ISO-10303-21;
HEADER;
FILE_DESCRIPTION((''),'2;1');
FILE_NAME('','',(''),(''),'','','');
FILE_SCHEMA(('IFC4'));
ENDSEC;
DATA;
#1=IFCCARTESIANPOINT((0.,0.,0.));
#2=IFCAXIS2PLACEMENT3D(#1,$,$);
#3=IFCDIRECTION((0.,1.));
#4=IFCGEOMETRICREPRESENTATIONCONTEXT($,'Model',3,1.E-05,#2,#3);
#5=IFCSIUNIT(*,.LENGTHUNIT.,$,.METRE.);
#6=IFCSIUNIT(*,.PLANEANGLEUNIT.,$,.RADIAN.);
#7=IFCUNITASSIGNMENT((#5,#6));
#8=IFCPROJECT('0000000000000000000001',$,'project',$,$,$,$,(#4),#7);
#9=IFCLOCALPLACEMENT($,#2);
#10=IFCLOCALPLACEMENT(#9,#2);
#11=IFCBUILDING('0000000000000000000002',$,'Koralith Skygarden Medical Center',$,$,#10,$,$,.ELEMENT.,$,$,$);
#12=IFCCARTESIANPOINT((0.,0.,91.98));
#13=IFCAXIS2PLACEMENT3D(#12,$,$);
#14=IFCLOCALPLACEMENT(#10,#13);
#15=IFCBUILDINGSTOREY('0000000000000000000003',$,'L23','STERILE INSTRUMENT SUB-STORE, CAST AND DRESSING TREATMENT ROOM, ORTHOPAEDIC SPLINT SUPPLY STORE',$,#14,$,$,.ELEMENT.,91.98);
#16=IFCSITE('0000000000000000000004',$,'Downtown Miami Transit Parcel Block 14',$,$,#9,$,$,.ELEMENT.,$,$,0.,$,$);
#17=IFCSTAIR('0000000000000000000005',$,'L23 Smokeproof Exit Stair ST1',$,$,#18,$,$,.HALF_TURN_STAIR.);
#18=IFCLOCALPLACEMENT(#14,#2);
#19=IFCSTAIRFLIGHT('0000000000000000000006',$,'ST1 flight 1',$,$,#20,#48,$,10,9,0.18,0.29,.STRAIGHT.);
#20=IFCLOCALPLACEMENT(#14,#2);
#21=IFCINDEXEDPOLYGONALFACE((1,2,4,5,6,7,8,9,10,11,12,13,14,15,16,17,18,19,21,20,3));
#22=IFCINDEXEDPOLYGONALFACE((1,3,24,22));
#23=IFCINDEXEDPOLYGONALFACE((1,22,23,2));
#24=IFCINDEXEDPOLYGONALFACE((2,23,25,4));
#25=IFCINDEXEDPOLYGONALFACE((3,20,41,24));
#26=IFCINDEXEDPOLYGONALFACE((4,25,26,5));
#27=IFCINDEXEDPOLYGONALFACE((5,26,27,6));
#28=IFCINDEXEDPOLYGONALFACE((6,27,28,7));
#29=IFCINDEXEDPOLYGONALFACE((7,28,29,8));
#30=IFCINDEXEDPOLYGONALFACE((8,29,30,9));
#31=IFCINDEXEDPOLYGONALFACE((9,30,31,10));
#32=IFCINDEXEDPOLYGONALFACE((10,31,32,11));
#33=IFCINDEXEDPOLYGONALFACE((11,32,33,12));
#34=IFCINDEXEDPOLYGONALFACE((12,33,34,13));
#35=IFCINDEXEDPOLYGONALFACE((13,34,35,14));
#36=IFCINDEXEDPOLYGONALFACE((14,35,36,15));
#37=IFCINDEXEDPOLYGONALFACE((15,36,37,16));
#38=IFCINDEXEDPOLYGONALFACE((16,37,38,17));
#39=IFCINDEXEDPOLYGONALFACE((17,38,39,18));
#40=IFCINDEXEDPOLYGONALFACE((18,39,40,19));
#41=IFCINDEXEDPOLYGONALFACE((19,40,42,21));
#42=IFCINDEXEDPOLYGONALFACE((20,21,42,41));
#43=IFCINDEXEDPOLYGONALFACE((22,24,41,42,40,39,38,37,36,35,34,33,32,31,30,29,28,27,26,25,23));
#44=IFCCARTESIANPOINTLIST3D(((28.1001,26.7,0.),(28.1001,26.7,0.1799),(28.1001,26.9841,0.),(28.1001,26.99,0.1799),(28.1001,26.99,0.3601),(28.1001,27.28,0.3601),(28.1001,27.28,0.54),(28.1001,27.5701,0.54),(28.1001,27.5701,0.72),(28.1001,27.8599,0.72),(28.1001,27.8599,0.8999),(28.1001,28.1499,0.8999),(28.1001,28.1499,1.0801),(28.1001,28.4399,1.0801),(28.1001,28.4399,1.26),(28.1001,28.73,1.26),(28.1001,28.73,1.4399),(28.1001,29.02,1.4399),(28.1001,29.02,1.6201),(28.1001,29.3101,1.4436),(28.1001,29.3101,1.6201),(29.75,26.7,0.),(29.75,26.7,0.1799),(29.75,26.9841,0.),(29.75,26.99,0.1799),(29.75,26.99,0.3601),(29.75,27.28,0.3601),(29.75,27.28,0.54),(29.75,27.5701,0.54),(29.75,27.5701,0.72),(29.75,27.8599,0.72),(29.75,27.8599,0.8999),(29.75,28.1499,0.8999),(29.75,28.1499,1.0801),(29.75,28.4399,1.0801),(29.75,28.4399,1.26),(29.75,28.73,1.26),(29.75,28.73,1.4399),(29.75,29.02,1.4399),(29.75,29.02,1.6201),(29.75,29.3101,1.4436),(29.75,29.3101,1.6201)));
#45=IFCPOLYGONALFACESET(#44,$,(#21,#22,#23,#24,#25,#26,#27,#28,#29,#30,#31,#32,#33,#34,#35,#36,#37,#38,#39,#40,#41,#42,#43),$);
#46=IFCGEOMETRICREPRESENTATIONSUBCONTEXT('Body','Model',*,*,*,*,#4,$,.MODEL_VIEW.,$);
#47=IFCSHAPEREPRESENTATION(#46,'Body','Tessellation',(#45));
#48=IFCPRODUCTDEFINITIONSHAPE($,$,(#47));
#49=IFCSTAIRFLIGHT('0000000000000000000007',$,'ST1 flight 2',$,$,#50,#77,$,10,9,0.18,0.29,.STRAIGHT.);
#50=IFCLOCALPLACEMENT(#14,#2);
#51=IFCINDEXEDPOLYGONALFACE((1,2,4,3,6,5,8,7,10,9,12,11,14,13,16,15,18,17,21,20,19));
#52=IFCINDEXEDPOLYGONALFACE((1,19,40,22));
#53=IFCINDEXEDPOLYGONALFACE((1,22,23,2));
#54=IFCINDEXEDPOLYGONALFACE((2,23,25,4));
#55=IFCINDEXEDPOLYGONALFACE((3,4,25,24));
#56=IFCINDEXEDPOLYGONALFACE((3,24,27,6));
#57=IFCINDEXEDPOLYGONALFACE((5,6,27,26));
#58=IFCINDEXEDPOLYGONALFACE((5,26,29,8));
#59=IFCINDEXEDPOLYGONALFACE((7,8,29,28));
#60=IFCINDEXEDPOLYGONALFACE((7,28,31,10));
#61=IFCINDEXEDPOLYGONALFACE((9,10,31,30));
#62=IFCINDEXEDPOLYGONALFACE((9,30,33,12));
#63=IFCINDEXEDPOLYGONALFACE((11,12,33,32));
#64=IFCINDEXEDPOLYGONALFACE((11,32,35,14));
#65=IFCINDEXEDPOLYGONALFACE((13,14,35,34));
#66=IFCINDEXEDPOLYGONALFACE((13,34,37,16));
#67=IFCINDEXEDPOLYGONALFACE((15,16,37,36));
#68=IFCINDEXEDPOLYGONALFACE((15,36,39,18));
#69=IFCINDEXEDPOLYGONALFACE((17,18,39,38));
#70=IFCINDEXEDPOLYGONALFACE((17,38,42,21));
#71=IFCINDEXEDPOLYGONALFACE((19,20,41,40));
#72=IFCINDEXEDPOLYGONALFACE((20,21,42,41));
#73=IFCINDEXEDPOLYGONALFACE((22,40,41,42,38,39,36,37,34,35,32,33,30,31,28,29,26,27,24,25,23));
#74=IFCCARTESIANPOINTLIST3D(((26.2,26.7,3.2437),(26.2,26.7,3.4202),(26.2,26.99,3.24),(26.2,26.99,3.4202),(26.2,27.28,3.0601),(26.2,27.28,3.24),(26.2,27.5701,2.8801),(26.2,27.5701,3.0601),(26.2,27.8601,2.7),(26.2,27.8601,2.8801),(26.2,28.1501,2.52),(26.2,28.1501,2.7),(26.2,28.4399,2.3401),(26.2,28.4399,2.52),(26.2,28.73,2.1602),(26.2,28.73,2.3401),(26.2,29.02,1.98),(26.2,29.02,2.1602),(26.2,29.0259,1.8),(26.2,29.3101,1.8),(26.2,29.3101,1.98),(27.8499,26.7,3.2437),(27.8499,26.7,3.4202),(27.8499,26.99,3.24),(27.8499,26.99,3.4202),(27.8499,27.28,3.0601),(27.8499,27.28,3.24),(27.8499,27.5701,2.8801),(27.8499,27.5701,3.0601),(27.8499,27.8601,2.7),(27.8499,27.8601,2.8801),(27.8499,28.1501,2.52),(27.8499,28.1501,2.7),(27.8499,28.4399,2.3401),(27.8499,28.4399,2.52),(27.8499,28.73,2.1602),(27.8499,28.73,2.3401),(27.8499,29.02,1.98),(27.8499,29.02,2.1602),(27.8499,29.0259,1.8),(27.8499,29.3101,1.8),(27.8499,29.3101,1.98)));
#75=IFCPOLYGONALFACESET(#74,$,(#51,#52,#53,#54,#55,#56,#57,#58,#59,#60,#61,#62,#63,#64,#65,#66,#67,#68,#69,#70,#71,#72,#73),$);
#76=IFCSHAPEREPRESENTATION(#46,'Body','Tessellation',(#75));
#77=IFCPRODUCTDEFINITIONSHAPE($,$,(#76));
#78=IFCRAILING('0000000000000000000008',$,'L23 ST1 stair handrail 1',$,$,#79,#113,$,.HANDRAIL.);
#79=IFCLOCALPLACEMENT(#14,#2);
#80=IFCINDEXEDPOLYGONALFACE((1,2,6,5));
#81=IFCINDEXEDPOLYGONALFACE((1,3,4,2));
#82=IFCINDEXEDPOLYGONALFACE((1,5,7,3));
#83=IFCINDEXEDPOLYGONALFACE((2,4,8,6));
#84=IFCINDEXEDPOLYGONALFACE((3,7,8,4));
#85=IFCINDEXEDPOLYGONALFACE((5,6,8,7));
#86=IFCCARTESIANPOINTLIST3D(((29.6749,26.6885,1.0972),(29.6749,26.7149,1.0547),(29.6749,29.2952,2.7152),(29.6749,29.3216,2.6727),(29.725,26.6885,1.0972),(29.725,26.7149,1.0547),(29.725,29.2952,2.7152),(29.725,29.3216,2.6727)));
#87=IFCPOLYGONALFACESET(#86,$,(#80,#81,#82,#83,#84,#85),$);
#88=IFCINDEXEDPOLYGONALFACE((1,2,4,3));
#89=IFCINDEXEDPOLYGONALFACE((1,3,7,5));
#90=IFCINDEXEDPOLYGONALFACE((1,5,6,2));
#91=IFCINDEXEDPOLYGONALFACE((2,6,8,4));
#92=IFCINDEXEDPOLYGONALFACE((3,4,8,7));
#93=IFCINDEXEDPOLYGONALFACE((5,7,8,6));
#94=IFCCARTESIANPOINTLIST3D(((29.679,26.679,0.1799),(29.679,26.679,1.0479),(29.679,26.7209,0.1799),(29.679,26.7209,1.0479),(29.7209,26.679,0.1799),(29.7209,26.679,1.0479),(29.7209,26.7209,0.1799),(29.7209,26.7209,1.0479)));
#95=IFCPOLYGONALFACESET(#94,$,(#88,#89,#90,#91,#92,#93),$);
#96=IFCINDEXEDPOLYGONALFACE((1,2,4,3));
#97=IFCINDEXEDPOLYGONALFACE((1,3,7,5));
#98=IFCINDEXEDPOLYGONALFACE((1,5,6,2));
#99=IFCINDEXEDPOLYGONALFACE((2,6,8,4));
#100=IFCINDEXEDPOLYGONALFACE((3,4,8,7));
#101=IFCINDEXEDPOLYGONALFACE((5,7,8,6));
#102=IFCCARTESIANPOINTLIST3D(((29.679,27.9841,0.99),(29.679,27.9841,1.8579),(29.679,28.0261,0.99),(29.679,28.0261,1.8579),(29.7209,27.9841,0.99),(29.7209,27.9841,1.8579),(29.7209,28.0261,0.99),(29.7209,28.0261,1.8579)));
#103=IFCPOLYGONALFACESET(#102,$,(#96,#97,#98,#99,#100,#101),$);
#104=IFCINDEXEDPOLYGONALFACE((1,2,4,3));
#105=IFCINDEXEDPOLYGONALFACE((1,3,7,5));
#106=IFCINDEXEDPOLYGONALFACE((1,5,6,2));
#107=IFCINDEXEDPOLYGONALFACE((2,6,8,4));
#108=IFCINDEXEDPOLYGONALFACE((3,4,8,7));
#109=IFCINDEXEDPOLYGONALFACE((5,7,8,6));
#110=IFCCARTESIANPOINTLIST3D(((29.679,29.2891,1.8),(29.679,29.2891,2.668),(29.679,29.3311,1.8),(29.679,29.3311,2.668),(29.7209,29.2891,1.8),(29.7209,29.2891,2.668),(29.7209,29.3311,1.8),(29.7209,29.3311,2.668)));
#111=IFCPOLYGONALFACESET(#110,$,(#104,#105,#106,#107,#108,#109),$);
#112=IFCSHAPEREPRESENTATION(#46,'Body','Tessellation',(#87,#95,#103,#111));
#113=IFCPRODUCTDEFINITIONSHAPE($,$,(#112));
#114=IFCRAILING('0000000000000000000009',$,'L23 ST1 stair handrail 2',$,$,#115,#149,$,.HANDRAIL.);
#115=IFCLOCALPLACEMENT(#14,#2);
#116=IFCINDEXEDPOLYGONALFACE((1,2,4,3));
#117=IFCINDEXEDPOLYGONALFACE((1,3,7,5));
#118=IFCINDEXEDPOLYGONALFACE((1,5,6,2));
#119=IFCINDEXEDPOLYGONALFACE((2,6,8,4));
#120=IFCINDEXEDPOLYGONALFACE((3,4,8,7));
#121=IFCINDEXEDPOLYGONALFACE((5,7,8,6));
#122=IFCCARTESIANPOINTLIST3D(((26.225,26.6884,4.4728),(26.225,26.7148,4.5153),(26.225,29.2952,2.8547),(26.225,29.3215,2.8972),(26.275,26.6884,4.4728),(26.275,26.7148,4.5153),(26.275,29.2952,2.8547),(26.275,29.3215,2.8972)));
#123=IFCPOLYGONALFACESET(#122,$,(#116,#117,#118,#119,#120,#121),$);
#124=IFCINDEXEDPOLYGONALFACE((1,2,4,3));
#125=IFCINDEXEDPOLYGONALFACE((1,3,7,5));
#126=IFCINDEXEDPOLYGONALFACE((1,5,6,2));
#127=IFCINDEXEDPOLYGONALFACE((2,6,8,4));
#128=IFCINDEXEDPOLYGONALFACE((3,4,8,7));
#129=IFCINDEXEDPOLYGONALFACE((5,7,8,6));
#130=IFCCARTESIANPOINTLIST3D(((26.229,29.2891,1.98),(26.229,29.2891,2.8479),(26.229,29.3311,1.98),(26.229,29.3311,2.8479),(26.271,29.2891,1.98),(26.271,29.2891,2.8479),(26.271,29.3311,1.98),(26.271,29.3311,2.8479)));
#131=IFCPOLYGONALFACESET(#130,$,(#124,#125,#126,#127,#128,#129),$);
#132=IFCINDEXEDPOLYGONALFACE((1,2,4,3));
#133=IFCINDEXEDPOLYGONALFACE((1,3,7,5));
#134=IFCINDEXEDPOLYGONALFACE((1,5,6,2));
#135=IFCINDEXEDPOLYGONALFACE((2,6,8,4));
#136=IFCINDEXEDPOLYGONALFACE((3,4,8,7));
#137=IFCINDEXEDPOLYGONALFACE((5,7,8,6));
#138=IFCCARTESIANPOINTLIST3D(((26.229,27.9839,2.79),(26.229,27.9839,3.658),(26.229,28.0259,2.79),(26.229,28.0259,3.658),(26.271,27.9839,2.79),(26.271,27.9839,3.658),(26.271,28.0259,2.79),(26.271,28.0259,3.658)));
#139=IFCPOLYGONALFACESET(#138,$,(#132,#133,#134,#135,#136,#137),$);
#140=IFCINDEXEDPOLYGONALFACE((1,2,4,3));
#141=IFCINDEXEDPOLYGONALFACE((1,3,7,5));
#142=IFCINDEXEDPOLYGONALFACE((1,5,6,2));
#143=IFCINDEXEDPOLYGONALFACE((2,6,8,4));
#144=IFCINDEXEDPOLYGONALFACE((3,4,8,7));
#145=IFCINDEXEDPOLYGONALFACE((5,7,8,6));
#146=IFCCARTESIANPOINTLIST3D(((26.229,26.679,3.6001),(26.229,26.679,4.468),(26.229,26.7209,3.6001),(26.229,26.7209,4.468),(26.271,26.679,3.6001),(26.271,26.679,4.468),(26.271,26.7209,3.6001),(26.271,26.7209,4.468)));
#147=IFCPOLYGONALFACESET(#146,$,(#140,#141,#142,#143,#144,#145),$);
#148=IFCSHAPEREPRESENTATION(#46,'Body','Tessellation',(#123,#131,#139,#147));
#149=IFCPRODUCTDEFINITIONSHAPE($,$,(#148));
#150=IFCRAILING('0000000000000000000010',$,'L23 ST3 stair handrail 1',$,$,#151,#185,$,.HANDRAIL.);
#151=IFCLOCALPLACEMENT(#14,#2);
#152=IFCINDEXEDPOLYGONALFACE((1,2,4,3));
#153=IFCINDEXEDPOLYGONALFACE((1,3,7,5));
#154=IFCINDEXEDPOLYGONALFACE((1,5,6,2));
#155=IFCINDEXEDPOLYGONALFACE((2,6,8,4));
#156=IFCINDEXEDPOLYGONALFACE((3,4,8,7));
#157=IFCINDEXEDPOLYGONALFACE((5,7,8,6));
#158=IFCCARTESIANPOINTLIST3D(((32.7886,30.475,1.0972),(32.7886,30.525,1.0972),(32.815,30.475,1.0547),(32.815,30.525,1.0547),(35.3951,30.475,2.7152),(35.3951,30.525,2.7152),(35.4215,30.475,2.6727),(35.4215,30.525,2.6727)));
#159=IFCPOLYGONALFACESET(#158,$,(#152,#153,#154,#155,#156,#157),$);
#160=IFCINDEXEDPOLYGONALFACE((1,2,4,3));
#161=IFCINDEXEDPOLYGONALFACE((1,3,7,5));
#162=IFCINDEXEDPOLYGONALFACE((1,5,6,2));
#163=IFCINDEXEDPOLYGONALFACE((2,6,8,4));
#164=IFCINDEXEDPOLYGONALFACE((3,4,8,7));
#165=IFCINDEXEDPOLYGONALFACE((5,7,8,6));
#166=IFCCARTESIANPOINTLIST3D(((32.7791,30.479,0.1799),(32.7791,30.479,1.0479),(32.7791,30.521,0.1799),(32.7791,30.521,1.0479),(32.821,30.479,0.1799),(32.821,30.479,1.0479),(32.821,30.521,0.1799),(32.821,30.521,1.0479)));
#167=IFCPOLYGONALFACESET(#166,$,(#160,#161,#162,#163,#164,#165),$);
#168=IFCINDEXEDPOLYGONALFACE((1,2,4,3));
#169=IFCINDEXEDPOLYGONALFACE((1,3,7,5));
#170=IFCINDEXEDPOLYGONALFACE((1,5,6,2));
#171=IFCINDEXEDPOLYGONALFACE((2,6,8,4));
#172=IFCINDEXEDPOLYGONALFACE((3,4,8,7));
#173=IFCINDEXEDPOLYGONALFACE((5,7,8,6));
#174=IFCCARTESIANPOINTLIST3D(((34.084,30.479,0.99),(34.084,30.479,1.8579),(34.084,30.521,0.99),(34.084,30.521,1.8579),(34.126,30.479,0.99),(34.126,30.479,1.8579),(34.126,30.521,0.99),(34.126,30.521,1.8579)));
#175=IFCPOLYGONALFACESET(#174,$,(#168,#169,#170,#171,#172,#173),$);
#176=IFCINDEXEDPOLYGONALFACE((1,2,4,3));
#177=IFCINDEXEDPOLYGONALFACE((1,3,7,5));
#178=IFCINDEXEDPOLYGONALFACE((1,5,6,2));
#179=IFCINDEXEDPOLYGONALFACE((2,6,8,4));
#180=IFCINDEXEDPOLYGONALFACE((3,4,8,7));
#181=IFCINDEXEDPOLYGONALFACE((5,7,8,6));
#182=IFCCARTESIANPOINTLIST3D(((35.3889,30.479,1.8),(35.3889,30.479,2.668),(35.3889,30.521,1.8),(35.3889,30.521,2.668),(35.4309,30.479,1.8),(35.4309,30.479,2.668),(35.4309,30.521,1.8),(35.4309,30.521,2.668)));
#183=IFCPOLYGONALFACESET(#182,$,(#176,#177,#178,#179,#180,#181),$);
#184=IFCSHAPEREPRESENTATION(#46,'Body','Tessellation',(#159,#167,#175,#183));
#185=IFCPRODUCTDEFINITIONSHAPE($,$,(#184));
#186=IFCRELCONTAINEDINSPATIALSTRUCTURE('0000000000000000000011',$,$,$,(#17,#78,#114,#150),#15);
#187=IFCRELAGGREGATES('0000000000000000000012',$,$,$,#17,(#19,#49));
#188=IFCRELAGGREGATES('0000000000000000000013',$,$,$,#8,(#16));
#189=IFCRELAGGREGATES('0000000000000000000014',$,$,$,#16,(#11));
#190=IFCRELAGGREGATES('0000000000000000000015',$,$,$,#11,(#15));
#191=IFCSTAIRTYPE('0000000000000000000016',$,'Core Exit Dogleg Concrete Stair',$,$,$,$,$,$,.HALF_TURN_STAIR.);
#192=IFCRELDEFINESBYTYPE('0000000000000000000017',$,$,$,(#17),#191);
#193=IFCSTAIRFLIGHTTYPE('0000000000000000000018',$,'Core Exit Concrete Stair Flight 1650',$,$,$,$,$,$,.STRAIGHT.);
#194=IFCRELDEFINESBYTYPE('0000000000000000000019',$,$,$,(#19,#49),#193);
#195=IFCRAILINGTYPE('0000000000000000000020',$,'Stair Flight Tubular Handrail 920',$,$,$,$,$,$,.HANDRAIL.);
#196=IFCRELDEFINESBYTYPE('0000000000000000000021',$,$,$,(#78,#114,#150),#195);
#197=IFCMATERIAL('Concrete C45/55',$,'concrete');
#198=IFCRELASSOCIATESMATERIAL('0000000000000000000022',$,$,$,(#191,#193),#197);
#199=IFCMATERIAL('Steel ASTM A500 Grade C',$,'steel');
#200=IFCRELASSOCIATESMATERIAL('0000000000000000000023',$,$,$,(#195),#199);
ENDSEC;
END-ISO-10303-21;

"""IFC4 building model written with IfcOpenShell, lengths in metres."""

from ifc_helpers import new_model, si_unit, direction, frame, origin, origin_2d, place, context, subcontext, project, spatial, polyline, rectangle, outline, extrude, material, type_object, element, aggregate, save


model = new_model("IFC4")

# Units and contexts
model_context = context("Model", 3, precision=1e-05, world=origin(), true_north=direction((0.0, 1.0)))
body_context = subcontext(model_context, "Body", "Model", "MODEL_VIEW")
ifc_project = project(units=[si_unit("LENGTHUNIT", "METRE"), si_unit("PLANEANGLEUNIT", "RADIAN")], contexts=[model_context])

# Site, building, storey
site_placement = place(None, origin())
site = spatial("IfcSite", under=ifc_project, at=site_placement, Name="Downtown Miami Transit Parcel Block 14", CompositionType="ELEMENT", RefElevation=0.0)
building_placement = place(site_placement, origin())
building = spatial("IfcBuilding", under=site, at=building_placement, Name="Koralith Skygarden Medical Center", CompositionType="ELEMENT")
storey_placement = place(building_placement, frame((0.0, 0.0, 91.98)))
storey = spatial("IfcBuildingStorey", under=building, at=storey_placement, Name="L23", Description="STERILE INSTRUMENT SUB-STORE, CAST AND DRESSING TREATMENT ROOM, ORTHOPAEDIC SPLINT SUPPLY STORE", CompositionType="ELEMENT", Elevation=91.98)

# Shared definitions
ifc_material_1 = material(Name="Concrete C45/55", Category="concrete")

# Stair, stair flights
stair_type = type_object("IfcStairType", Name="Core Exit Dogleg Concrete Stair", PredefinedType="HALF_TURN_STAIR", material=ifc_material_1)
stair_placement = place(storey_placement, origin())
stair = element("IfcStair", 1, at=stair_placement, inside=storey, type_object=stair_type, Name="L23 Smokeproof Exit Stair ST1", PredefinedType="HALF_TURN_STAIR")
stair_flight_type = type_object("IfcStairFlightType", Name="Core Exit Concrete Stair Flight 1650", PredefinedType="STRAIGHT", material=ifc_material_1)
stair_flight_1_placement = place(storey_placement, frame((28.925, 26.7, 0.0), z_axis=(0.0, 0.0, 1.0), x_axis=(0.0, 1.0, 0.0)))
stair_flight_1 = element("IfcStairFlight", 2, at=stair_flight_1_placement, type_object=stair_flight_type, Name="ST1 flight 1", NumberOfRisers=10, NumberOfTreads=9, PredefinedType="STRAIGHT", RiserHeight=0.18, TreadLength=0.29, context=body_context, shape_type="SweptSolid", body=[
    extrude(outline(polyline([(0.0, 0.0), (0.0, 0.1799), (0.29, 0.1799), (0.29, 0.3601), (0.5801, 0.3601), (0.5801, 0.54), (0.8701, 0.54), (0.8701, 0.72), (1.1599, 0.72), (1.1599, 0.8999), (1.45, 0.8999), (1.45, 1.0801), (1.74, 1.0801), (1.74, 1.26), (2.03, 1.26), (2.03, 1.4399), (2.3201, 1.4399), (2.3201, 1.6201), (2.6101, 1.6201), (2.6101, 1.8), (2.6101, 1.4436), (0.2842, 0.0), (0.0, 0.0)])), frame((0.0, 0.825, 0.0), z_axis=(0.0, -1.0, 0.0), x_axis=(1.0, 0.0, 0.0)), (0.0, 0.0, 1.0), 1.6499),
])
stair_flight_2_placement = place(storey_placement, frame((27.0249, 29.3101, 1.8), z_axis=(0.0, 0.0, 1.0), x_axis=(0.0, -1.0, 0.0)))
stair_flight_2 = element("IfcStairFlight", 3, at=stair_flight_2_placement, type_object=stair_flight_type, Name="ST1 flight 2", NumberOfRisers=10, NumberOfTreads=9, PredefinedType="STRAIGHT", RiserHeight=0.18, TreadLength=0.29, context=body_context, shape_type="SweptSolid", body=[
    extrude(outline(polyline([(0.0, 0.0), (0.0, 0.1799), (0.29, 0.1799), (0.29, 0.3601), (0.5801, 0.3601), (0.5801, 0.54), (0.8701, 0.54), (0.8701, 0.72), (1.1599, 0.72), (1.1599, 0.8999), (1.45, 0.8999), (1.45, 1.0801), (1.74, 1.0801), (1.74, 1.26), (2.03, 1.26), (2.03, 1.4399), (2.3201, 1.4399), (2.3201, 1.6201), (2.6101, 1.6201), (2.6101, 1.8), (2.6101, 1.4436), (0.2842, 0.0), (0.0, 0.0)])), frame((0.0, 0.825, 0.0), z_axis=(0.0, -1.0, 0.0), x_axis=(1.0, 0.0, 0.0)), (0.0, 0.0, 1.0), 1.6499),
])
aggregate(stair, [stair_flight_1, stair_flight_2])

# Railings
ifc_material_2 = material(Name="Steel ASTM A500 Grade C", Category="steel")
railing_type_1 = type_object("IfcRailingType", Name="Stair Flight Tubular Handrail 920", PredefinedType="HANDRAIL", material=ifc_material_2)
railing_1_placement = place(storey_placement, frame((29.7, 26.7, 0.1799)))
element("IfcRailing", 4, at=railing_1_placement, inside=storey, type_object=railing_type_1, Name="L23 ST1 stair handrail 1", PredefinedType="HANDRAIL", context=body_context, shape_type="SweptSolid", body=[
    extrude(rectangle(XDim=0.05, YDim=0.05, at=origin_2d()), frame((0.0, 0.0017, 0.896), z_axis=(0.0, 0.849633, 0.527375), x_axis=(-1.0, 0.0, 0.0)), (0.0, 0.0, 1.0), 3.0681),
    extrude(rectangle(XDim=0.042, YDim=0.042, at=origin_2d()), origin(), (0.0, 0.0, 1.0), 0.8679),
    extrude(rectangle(XDim=0.042, YDim=0.042, at=origin_2d()), frame((0.0, 1.3052, 0.8101)), (0.0, 0.0, 1.0), 0.8679),
    extrude(rectangle(XDim=0.042, YDim=0.042, at=origin_2d()), frame((0.0, 2.6101, 1.6201)), (0.0, 0.0, 1.0), 0.8679),
])
railing_2_placement = place(storey_placement, frame((26.25, 29.3101, 1.98)))
element("IfcRailing", 5, at=railing_2_placement, inside=storey, type_object=railing_type_1, Name="L23 ST1 stair handrail 2", PredefinedType="HANDRAIL", context=body_context, shape_type="SweptSolid", body=[
    extrude(rectangle(XDim=0.05, YDim=0.05, at=origin_2d()), frame((0.0, -0.0017, 0.896), z_axis=(0.0, -0.849633, 0.527375), x_axis=(1.0, 0.0, 0.0)), (0.0, 0.0, 1.0), 3.0681),
    extrude(rectangle(XDim=0.042, YDim=0.042, at=origin_2d()), origin(), (0.0, 0.0, 1.0), 0.8679),
    extrude(rectangle(XDim=0.042, YDim=0.042, at=origin_2d()), frame((0.0, -1.3052, 0.8101)), (0.0, 0.0, 1.0), 0.8679),
    extrude(rectangle(XDim=0.042, YDim=0.042, at=origin_2d()), frame((0.0, -2.6101, 1.6201)), (0.0, 0.0, 1.0), 0.8679),
])
railing_3_placement = place(storey_placement, frame((32.8, 30.5, 0.1799)))
element("IfcRailing", 6, at=railing_3_placement, inside=storey, type_object=railing_type_1, Name="L23 ST3 stair handrail 1", PredefinedType="HANDRAIL", context=body_context, shape_type="SweptSolid", body=[
    extrude(rectangle(XDim=0.05, YDim=0.05, at=origin_2d()), frame((0.0017, 0.0, 0.896), z_axis=(0.849611, 0.0, 0.52741), x_axis=(0.0, 1.0, 0.0)), (0.0, 0.0, 1.0), 3.0679),
    extrude(rectangle(XDim=0.042, YDim=0.042, at=origin_2d()), origin(), (0.0, 0.0, 1.0), 0.8679),
    extrude(rectangle(XDim=0.042, YDim=0.042, at=origin_2d()), frame((1.3049, 0.0, 0.8101)), (0.0, 0.0, 1.0), 0.8679),
    extrude(rectangle(XDim=0.042, YDim=0.042, at=origin_2d()), frame((2.6099, 0.0, 1.6201)), (0.0, 0.0, 1.0), 0.8679),
])

save(model, "model.ifc")
